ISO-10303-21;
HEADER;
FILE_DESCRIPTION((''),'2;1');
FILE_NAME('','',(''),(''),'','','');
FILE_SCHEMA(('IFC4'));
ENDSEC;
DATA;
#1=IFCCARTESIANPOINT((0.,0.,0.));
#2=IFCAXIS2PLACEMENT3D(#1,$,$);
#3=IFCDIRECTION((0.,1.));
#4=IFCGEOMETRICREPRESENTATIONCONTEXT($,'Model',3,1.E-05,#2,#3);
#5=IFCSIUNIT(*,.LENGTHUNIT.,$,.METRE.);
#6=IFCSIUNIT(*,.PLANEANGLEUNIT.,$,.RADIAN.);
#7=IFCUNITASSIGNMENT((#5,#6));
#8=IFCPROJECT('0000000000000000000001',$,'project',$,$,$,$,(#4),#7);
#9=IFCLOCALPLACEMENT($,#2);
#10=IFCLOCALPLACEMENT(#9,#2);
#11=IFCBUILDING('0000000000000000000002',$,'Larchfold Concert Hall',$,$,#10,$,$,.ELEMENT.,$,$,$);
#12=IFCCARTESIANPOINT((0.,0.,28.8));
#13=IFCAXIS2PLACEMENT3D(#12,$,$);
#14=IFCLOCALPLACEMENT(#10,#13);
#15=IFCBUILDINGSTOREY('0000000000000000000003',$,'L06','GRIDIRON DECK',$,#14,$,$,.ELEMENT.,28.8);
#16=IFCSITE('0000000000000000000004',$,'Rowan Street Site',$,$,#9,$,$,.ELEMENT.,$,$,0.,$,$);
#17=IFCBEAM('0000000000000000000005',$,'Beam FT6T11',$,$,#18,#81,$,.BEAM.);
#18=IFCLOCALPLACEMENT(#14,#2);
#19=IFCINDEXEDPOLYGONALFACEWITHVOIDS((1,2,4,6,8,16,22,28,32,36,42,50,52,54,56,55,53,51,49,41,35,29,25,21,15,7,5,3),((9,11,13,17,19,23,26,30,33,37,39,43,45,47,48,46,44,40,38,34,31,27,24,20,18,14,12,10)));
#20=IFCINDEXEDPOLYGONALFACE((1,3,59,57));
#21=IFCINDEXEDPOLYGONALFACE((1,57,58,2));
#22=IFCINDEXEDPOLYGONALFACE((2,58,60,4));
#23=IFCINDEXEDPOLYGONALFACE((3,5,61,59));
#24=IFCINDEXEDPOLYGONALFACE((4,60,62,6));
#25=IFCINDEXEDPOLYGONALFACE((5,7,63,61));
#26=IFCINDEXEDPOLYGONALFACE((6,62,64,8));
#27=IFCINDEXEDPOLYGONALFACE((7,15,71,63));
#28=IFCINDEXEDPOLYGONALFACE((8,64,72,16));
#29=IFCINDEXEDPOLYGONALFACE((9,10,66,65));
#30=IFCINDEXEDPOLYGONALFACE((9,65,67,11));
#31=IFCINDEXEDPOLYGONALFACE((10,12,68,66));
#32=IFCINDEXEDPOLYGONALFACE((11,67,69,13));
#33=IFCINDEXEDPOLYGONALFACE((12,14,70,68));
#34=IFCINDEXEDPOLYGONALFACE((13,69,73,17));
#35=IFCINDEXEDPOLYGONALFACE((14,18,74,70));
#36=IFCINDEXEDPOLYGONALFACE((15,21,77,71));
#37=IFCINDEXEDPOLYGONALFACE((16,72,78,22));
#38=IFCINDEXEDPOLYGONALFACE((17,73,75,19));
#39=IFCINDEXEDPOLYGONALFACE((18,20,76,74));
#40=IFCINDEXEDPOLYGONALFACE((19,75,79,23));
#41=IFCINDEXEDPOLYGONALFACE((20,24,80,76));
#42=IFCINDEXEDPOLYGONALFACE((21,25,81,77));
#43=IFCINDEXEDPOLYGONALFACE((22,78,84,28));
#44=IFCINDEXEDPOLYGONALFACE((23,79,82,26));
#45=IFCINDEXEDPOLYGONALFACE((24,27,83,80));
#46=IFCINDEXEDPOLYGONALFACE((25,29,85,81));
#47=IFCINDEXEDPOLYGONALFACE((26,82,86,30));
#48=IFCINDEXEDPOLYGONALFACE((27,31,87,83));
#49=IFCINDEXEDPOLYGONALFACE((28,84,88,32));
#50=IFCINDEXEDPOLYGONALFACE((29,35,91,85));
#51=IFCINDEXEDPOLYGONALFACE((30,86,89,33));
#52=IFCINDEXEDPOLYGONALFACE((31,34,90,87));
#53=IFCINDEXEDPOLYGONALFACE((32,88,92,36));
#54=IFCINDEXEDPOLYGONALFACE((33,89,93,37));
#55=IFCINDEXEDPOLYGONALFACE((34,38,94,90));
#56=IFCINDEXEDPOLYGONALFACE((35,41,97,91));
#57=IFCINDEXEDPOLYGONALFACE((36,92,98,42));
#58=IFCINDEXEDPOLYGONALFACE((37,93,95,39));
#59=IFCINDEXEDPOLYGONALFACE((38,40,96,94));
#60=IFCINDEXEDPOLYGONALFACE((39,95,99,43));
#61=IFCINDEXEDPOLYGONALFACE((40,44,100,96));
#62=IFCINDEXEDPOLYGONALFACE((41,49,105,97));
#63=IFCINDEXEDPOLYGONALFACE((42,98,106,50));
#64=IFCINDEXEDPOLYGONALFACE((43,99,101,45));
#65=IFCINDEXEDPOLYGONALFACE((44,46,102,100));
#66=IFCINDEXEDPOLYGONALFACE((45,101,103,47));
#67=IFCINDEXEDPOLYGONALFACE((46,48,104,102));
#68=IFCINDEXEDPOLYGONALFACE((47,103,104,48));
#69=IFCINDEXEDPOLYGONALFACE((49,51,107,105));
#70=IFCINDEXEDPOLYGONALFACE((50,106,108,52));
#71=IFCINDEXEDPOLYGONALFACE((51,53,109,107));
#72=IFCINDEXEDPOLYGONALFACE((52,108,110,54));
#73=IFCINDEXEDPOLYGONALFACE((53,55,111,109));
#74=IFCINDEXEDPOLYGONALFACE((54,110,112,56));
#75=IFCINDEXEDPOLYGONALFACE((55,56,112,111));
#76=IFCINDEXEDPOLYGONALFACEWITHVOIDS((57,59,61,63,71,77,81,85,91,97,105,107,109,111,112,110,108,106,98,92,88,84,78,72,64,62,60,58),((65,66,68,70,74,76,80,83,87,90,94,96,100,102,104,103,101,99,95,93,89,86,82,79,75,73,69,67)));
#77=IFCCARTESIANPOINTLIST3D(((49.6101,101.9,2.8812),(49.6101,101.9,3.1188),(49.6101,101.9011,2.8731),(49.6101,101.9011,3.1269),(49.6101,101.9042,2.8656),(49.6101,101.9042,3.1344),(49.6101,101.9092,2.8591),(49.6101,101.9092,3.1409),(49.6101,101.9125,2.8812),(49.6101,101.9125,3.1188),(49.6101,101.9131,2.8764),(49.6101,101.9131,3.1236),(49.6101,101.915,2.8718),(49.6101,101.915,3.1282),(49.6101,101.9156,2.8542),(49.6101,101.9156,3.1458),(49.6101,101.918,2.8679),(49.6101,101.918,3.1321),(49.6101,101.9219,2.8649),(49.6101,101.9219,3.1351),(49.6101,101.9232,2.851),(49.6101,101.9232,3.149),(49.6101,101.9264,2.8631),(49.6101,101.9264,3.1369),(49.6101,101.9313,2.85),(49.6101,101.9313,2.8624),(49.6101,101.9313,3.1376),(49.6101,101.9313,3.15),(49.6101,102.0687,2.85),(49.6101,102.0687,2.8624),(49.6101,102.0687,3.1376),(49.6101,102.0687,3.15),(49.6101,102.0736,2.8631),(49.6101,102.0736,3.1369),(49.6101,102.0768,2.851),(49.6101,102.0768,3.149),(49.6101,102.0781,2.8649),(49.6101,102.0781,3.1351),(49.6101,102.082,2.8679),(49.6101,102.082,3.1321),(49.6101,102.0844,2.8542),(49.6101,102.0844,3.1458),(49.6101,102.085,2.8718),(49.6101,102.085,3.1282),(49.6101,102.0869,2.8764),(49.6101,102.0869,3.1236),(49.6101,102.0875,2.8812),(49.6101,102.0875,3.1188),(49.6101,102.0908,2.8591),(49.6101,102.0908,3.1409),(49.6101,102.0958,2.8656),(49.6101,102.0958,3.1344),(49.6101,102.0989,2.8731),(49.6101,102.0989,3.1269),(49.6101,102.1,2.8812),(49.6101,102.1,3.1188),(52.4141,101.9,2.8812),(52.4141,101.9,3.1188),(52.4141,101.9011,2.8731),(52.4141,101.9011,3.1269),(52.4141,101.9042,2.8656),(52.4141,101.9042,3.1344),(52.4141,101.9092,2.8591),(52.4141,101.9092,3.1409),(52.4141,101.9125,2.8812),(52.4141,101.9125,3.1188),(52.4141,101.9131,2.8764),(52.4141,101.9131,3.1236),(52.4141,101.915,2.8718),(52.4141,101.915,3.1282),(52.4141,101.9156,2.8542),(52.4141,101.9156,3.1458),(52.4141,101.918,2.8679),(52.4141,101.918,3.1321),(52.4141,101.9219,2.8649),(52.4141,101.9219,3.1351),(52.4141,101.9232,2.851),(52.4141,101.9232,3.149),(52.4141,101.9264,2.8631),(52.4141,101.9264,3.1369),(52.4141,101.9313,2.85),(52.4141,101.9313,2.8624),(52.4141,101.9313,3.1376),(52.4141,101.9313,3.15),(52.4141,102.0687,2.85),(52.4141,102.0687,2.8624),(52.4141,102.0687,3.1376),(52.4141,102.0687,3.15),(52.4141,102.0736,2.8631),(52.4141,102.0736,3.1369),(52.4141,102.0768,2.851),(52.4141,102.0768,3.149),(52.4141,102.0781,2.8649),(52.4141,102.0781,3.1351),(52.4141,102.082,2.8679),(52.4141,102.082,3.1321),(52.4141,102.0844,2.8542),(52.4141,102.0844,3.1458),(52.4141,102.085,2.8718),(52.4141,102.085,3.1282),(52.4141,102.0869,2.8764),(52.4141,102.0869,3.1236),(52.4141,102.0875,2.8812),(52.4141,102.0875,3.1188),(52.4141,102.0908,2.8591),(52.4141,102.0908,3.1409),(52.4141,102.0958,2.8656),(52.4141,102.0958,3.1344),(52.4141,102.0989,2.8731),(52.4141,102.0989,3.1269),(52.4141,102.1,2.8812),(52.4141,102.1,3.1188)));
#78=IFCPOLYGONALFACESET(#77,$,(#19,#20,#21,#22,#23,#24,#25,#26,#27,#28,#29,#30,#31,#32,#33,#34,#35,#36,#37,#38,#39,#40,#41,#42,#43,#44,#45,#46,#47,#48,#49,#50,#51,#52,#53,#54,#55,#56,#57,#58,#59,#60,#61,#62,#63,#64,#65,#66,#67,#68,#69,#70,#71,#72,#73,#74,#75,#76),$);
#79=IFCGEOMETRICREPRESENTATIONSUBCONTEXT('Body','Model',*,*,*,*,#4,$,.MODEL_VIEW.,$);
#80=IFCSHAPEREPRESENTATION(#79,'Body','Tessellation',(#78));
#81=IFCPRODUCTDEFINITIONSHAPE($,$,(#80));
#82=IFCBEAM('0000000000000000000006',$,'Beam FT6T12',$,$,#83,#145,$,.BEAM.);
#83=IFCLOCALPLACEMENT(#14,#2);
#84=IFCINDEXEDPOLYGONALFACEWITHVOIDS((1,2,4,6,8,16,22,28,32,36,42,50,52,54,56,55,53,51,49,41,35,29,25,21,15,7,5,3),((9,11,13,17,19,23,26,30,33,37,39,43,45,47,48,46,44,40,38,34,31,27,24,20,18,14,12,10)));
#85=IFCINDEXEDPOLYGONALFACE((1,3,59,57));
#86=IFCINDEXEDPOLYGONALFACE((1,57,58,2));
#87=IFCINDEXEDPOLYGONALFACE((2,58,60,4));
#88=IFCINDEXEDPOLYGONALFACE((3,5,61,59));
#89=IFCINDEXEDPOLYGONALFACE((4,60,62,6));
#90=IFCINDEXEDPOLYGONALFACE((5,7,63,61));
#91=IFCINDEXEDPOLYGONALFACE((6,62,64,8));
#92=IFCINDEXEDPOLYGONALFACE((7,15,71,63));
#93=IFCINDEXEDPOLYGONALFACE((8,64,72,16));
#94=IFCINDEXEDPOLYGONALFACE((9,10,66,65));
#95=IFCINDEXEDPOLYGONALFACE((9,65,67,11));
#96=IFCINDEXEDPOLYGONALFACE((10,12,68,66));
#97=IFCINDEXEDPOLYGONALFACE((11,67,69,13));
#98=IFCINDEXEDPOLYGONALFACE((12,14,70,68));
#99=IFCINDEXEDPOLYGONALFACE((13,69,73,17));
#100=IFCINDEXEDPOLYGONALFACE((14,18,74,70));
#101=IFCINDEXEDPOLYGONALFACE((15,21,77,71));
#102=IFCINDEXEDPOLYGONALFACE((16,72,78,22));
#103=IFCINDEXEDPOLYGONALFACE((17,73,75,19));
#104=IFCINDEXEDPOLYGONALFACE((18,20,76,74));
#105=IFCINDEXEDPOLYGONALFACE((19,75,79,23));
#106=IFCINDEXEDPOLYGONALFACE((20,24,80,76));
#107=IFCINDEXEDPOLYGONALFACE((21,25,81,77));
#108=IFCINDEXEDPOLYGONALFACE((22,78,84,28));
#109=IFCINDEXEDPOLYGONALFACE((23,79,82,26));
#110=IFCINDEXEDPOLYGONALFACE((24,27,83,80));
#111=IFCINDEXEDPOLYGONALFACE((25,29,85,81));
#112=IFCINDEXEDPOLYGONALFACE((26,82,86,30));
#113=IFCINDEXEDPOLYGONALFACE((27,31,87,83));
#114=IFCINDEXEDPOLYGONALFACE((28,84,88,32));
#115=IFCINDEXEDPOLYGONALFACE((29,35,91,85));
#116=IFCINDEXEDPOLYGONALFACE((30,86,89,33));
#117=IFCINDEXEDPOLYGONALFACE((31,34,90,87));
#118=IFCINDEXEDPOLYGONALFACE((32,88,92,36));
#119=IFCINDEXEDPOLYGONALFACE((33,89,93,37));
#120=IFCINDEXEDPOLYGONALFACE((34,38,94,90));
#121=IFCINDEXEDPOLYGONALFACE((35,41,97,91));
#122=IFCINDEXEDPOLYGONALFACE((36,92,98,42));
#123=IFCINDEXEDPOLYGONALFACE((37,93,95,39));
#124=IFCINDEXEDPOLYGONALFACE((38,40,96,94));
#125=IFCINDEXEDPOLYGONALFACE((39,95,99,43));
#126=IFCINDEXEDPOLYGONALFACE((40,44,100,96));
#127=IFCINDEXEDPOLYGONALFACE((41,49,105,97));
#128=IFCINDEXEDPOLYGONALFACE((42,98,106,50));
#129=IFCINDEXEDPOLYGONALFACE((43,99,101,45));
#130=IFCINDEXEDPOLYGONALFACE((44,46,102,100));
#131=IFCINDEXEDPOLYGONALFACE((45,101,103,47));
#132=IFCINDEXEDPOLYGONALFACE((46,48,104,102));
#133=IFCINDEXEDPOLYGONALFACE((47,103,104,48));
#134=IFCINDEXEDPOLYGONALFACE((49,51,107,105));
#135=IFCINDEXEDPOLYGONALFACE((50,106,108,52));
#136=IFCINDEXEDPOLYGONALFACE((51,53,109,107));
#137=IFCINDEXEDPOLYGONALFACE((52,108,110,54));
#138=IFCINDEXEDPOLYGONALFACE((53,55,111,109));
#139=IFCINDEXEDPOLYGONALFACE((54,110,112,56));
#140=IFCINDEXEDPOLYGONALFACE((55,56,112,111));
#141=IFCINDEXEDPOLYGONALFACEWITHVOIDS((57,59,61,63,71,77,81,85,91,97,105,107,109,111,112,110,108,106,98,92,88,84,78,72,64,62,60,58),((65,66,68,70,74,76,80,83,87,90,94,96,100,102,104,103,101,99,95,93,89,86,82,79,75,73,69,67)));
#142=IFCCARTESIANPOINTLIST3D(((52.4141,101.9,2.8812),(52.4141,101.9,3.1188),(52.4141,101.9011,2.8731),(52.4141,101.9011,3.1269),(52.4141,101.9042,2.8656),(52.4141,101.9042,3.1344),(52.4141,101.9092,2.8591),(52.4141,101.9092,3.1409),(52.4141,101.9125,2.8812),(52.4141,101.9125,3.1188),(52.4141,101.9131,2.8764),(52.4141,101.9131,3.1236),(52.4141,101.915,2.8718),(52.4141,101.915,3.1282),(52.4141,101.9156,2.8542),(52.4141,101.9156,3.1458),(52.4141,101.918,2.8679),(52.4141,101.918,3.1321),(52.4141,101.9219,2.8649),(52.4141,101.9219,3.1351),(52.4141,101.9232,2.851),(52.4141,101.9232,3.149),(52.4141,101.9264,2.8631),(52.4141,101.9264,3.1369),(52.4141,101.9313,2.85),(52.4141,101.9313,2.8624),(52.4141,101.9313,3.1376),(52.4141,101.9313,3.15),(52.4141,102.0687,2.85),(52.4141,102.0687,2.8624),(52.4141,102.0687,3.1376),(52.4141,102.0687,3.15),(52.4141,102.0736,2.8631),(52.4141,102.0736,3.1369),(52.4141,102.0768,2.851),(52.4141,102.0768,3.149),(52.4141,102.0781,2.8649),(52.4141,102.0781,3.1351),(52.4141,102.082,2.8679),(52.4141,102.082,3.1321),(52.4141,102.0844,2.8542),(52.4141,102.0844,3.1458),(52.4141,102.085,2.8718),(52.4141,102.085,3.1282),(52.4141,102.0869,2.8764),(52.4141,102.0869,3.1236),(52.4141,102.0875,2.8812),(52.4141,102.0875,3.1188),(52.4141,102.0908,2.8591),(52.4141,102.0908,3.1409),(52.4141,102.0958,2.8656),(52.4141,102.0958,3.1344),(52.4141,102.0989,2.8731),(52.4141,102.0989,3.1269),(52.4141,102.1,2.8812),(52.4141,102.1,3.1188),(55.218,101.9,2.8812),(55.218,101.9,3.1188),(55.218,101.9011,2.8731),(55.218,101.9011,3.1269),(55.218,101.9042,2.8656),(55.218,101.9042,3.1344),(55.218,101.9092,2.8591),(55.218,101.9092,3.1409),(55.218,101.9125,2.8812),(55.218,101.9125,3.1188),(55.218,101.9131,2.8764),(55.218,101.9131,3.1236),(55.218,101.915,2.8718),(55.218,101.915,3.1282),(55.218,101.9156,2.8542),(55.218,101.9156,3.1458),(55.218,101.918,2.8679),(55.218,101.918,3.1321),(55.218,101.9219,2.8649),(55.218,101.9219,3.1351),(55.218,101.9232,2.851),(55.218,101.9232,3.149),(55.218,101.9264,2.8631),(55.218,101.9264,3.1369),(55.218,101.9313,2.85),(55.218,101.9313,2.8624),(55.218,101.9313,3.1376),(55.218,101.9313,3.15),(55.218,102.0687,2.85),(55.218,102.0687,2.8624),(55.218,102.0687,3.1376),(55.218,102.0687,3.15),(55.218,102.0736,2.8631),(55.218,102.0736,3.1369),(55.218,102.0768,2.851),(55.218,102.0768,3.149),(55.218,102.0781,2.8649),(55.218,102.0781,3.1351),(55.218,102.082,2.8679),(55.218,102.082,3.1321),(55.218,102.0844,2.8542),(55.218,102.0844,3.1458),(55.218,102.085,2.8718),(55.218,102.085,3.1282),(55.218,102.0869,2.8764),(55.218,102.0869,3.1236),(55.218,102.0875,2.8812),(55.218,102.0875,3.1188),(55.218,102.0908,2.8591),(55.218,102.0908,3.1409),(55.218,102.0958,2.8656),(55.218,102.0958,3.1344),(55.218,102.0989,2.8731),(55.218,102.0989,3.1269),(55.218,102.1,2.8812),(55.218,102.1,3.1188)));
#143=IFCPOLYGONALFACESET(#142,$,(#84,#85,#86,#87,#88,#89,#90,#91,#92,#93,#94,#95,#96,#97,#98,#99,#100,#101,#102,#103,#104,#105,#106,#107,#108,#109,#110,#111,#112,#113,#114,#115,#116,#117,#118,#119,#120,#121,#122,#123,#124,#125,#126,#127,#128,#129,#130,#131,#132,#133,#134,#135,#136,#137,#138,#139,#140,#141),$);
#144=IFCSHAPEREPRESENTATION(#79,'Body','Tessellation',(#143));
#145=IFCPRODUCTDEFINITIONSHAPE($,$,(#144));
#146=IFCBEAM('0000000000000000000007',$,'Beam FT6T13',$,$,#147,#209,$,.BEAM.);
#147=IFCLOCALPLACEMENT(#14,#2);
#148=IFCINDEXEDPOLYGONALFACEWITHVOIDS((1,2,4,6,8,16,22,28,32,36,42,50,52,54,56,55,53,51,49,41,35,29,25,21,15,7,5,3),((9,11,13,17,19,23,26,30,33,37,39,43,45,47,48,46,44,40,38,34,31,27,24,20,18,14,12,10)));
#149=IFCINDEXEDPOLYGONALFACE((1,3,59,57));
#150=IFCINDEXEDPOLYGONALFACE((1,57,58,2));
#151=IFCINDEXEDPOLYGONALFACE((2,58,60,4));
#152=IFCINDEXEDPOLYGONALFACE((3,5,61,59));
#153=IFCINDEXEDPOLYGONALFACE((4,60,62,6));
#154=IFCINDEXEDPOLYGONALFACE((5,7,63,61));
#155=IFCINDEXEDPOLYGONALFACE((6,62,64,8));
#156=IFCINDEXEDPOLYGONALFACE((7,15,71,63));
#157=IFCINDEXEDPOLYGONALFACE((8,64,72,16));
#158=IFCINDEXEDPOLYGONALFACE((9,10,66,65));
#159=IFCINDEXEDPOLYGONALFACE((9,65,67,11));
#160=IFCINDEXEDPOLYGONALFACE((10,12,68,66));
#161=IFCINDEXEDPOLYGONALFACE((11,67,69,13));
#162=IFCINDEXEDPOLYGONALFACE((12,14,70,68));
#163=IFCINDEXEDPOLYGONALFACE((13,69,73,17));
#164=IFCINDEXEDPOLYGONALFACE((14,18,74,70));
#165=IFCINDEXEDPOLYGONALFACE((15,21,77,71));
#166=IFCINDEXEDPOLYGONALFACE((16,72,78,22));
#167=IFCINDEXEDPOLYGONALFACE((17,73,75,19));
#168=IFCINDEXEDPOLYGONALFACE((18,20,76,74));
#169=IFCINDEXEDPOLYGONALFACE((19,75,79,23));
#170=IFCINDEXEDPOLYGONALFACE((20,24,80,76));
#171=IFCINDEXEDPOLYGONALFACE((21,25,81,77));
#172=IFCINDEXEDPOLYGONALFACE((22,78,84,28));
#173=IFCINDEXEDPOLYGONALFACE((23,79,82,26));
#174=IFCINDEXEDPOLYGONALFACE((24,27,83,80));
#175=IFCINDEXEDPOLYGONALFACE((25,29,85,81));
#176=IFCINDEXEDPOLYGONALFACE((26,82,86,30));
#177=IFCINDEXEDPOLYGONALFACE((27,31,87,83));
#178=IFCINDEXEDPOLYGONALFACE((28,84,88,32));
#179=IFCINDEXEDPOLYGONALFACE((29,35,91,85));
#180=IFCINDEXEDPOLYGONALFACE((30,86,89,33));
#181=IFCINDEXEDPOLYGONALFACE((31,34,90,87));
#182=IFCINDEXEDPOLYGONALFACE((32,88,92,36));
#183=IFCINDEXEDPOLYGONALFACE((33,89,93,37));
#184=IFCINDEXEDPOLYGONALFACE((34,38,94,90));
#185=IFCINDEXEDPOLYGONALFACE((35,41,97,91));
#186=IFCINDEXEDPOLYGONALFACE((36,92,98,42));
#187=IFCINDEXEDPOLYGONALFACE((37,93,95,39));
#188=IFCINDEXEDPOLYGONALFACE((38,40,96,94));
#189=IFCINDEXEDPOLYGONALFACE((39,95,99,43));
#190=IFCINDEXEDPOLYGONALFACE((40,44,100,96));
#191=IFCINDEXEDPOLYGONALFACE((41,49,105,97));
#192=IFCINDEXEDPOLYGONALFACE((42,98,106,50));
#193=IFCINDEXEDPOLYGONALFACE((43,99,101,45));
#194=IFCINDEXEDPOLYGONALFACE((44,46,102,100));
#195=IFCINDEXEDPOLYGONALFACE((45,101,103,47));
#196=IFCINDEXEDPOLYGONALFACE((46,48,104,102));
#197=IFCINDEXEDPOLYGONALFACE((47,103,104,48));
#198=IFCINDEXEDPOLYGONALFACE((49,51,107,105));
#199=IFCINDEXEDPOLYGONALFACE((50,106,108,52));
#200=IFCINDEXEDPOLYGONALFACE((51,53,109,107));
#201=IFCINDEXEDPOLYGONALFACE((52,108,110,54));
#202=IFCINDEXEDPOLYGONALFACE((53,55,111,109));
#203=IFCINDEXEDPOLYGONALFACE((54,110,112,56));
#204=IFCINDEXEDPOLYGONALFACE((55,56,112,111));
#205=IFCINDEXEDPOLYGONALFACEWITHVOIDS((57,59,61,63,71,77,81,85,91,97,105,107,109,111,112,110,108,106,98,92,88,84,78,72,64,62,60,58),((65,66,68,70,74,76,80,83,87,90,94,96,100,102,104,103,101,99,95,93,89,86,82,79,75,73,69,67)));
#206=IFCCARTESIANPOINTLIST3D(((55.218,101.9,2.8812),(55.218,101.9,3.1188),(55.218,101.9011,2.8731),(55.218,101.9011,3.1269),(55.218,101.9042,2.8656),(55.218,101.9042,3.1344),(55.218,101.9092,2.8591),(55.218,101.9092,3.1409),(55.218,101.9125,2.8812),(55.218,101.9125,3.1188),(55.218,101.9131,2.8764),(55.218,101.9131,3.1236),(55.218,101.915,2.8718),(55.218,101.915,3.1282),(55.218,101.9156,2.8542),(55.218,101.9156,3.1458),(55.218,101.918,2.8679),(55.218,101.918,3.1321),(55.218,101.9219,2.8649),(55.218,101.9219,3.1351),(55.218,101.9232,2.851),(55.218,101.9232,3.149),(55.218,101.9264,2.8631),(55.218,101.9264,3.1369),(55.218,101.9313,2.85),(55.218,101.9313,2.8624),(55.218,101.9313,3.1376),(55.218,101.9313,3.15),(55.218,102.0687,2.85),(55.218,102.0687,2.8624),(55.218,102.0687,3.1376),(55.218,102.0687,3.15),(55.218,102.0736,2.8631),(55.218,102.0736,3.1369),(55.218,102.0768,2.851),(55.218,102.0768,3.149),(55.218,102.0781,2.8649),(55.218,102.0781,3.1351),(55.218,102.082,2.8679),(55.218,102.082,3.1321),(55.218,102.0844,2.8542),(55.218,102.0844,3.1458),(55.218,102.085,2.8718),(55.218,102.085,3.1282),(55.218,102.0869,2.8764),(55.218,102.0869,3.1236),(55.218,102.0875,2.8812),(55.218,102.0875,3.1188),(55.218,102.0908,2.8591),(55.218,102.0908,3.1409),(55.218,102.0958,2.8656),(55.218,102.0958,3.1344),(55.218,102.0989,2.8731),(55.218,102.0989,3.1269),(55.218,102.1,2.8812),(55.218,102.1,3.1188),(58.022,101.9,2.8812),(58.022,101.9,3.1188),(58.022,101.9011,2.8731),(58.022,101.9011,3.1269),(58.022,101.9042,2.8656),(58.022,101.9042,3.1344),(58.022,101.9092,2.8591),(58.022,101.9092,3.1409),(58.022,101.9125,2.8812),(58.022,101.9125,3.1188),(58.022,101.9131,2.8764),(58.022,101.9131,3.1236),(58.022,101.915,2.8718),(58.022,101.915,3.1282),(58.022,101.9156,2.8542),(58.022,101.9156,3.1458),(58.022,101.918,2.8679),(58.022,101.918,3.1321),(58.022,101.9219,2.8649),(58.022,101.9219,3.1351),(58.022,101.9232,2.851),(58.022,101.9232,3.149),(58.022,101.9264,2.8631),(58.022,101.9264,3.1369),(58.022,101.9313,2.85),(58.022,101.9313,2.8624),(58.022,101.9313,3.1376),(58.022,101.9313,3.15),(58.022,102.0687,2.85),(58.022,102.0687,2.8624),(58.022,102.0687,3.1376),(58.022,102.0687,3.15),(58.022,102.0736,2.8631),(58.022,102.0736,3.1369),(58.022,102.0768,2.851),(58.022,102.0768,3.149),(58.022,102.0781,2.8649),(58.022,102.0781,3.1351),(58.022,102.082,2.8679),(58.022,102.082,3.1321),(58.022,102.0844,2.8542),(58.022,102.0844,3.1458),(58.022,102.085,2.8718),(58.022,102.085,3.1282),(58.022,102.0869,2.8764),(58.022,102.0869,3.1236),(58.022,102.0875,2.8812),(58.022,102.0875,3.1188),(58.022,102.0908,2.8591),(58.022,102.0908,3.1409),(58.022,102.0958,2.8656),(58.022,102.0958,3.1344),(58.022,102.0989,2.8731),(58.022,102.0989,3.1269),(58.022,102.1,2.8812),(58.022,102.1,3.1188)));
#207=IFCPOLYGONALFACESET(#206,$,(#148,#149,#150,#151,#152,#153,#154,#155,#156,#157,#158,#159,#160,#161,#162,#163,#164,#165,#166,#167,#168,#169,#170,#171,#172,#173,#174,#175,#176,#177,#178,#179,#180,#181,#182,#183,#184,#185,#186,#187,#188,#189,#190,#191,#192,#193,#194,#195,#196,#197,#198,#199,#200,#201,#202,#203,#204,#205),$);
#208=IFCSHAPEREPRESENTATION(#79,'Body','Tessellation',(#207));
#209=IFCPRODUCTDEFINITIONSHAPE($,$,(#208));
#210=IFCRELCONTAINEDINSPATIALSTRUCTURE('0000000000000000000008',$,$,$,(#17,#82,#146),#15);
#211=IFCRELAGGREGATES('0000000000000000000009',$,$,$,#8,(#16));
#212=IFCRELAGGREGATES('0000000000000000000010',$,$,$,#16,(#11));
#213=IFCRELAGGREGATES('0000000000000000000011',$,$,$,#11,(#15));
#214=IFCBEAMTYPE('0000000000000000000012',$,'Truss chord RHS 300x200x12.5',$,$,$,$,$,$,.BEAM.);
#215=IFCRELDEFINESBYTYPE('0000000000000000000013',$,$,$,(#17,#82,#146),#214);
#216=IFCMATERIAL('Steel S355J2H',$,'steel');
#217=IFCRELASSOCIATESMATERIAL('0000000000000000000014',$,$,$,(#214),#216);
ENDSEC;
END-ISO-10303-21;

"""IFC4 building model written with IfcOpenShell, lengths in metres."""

from ifc_helpers import new_model, si_unit, direction, frame, origin, origin_2d, place, context, subcontext, project, spatial, hollow_rectangle, extrude, material, material_profile, profile_set, type_object, element, save


model = new_model("IFC4")

# Units and contexts
model_context = context("Model", 3, precision=1e-05, world=origin(), true_north=direction((0.0, 1.0)))
body_context = subcontext(model_context, "Body", "Model", "MODEL_VIEW")
ifc_project = project(units=[si_unit("LENGTHUNIT", "METRE"), si_unit("PLANEANGLEUNIT", "RADIAN")], contexts=[model_context])

# Site, building, storey
site_placement = place(None, origin())
site = spatial("IfcSite", under=ifc_project, at=site_placement, Name="Rowan Street Site", CompositionType="ELEMENT", RefElevation=0.0)
building_placement = place(site_placement, origin())
building = spatial("IfcBuilding", under=site, at=building_placement, Name="Larchfold Concert Hall", CompositionType="ELEMENT")
storey_placement = place(building_placement, frame((0.0, 0.0, 28.8)))
storey = spatial("IfcBuildingStorey", under=building, at=storey_placement, Name="L06", Description="GRIDIRON DECK", CompositionType="ELEMENT", Elevation=28.8)

# Beams
ifc_material_1 = material(Name="Steel S355J2H", Category="steel")
ifc_material_profile_1 = material_profile(ifc_material_1, hollow_rectangle(XDim=0.2, YDim=0.3, WallThickness=0.0125, InnerFilletRadius=0.0188, OuterFilletRadius=0.0312, at=origin_2d()))
ifc_profile_set_1 = profile_set([ifc_material_profile_1], Name="Steel S355J2H")
beam_type_1 = type_object("IfcBeamType", Name="Truss chord RHS 300x200x12.5", PredefinedType="BEAM", material=ifc_profile_set_1)
for number, where, z_axis, x_axis, name in (
    (1, (49.6101, 102.0, 3.0), (1.0, 0.0, 0.0), (0.0, 1.0, 0.0), "Beam FT6T11"),
    (2, (52.4141, 102.0, 3.0), (1.0, 0.0, 0.0), (0.0, 1.0, 0.0), "Beam FT6T12"),
    (3, (55.218, 102.0, 3.0), (1.0, 0.0, 0.0), (0.0, 1.0, 0.0), "Beam FT6T13"),
):
    element("IfcBeam", number, at=place(storey_placement, frame(where, z_axis=z_axis, x_axis=x_axis)), inside=storey, type_object=beam_type_1, Name=name, PredefinedType="BEAM", context=body_context, shape_type="SweptSolid", body=[
        extrude(hollow_rectangle(XDim=0.2, YDim=0.3, WallThickness=0.0125, InnerFilletRadius=0.0188, OuterFilletRadius=0.0312, at=origin_2d()), origin(), (0.0, 0.0, 1.0), 2.804),
    ])

save(model, "model.ifc")
